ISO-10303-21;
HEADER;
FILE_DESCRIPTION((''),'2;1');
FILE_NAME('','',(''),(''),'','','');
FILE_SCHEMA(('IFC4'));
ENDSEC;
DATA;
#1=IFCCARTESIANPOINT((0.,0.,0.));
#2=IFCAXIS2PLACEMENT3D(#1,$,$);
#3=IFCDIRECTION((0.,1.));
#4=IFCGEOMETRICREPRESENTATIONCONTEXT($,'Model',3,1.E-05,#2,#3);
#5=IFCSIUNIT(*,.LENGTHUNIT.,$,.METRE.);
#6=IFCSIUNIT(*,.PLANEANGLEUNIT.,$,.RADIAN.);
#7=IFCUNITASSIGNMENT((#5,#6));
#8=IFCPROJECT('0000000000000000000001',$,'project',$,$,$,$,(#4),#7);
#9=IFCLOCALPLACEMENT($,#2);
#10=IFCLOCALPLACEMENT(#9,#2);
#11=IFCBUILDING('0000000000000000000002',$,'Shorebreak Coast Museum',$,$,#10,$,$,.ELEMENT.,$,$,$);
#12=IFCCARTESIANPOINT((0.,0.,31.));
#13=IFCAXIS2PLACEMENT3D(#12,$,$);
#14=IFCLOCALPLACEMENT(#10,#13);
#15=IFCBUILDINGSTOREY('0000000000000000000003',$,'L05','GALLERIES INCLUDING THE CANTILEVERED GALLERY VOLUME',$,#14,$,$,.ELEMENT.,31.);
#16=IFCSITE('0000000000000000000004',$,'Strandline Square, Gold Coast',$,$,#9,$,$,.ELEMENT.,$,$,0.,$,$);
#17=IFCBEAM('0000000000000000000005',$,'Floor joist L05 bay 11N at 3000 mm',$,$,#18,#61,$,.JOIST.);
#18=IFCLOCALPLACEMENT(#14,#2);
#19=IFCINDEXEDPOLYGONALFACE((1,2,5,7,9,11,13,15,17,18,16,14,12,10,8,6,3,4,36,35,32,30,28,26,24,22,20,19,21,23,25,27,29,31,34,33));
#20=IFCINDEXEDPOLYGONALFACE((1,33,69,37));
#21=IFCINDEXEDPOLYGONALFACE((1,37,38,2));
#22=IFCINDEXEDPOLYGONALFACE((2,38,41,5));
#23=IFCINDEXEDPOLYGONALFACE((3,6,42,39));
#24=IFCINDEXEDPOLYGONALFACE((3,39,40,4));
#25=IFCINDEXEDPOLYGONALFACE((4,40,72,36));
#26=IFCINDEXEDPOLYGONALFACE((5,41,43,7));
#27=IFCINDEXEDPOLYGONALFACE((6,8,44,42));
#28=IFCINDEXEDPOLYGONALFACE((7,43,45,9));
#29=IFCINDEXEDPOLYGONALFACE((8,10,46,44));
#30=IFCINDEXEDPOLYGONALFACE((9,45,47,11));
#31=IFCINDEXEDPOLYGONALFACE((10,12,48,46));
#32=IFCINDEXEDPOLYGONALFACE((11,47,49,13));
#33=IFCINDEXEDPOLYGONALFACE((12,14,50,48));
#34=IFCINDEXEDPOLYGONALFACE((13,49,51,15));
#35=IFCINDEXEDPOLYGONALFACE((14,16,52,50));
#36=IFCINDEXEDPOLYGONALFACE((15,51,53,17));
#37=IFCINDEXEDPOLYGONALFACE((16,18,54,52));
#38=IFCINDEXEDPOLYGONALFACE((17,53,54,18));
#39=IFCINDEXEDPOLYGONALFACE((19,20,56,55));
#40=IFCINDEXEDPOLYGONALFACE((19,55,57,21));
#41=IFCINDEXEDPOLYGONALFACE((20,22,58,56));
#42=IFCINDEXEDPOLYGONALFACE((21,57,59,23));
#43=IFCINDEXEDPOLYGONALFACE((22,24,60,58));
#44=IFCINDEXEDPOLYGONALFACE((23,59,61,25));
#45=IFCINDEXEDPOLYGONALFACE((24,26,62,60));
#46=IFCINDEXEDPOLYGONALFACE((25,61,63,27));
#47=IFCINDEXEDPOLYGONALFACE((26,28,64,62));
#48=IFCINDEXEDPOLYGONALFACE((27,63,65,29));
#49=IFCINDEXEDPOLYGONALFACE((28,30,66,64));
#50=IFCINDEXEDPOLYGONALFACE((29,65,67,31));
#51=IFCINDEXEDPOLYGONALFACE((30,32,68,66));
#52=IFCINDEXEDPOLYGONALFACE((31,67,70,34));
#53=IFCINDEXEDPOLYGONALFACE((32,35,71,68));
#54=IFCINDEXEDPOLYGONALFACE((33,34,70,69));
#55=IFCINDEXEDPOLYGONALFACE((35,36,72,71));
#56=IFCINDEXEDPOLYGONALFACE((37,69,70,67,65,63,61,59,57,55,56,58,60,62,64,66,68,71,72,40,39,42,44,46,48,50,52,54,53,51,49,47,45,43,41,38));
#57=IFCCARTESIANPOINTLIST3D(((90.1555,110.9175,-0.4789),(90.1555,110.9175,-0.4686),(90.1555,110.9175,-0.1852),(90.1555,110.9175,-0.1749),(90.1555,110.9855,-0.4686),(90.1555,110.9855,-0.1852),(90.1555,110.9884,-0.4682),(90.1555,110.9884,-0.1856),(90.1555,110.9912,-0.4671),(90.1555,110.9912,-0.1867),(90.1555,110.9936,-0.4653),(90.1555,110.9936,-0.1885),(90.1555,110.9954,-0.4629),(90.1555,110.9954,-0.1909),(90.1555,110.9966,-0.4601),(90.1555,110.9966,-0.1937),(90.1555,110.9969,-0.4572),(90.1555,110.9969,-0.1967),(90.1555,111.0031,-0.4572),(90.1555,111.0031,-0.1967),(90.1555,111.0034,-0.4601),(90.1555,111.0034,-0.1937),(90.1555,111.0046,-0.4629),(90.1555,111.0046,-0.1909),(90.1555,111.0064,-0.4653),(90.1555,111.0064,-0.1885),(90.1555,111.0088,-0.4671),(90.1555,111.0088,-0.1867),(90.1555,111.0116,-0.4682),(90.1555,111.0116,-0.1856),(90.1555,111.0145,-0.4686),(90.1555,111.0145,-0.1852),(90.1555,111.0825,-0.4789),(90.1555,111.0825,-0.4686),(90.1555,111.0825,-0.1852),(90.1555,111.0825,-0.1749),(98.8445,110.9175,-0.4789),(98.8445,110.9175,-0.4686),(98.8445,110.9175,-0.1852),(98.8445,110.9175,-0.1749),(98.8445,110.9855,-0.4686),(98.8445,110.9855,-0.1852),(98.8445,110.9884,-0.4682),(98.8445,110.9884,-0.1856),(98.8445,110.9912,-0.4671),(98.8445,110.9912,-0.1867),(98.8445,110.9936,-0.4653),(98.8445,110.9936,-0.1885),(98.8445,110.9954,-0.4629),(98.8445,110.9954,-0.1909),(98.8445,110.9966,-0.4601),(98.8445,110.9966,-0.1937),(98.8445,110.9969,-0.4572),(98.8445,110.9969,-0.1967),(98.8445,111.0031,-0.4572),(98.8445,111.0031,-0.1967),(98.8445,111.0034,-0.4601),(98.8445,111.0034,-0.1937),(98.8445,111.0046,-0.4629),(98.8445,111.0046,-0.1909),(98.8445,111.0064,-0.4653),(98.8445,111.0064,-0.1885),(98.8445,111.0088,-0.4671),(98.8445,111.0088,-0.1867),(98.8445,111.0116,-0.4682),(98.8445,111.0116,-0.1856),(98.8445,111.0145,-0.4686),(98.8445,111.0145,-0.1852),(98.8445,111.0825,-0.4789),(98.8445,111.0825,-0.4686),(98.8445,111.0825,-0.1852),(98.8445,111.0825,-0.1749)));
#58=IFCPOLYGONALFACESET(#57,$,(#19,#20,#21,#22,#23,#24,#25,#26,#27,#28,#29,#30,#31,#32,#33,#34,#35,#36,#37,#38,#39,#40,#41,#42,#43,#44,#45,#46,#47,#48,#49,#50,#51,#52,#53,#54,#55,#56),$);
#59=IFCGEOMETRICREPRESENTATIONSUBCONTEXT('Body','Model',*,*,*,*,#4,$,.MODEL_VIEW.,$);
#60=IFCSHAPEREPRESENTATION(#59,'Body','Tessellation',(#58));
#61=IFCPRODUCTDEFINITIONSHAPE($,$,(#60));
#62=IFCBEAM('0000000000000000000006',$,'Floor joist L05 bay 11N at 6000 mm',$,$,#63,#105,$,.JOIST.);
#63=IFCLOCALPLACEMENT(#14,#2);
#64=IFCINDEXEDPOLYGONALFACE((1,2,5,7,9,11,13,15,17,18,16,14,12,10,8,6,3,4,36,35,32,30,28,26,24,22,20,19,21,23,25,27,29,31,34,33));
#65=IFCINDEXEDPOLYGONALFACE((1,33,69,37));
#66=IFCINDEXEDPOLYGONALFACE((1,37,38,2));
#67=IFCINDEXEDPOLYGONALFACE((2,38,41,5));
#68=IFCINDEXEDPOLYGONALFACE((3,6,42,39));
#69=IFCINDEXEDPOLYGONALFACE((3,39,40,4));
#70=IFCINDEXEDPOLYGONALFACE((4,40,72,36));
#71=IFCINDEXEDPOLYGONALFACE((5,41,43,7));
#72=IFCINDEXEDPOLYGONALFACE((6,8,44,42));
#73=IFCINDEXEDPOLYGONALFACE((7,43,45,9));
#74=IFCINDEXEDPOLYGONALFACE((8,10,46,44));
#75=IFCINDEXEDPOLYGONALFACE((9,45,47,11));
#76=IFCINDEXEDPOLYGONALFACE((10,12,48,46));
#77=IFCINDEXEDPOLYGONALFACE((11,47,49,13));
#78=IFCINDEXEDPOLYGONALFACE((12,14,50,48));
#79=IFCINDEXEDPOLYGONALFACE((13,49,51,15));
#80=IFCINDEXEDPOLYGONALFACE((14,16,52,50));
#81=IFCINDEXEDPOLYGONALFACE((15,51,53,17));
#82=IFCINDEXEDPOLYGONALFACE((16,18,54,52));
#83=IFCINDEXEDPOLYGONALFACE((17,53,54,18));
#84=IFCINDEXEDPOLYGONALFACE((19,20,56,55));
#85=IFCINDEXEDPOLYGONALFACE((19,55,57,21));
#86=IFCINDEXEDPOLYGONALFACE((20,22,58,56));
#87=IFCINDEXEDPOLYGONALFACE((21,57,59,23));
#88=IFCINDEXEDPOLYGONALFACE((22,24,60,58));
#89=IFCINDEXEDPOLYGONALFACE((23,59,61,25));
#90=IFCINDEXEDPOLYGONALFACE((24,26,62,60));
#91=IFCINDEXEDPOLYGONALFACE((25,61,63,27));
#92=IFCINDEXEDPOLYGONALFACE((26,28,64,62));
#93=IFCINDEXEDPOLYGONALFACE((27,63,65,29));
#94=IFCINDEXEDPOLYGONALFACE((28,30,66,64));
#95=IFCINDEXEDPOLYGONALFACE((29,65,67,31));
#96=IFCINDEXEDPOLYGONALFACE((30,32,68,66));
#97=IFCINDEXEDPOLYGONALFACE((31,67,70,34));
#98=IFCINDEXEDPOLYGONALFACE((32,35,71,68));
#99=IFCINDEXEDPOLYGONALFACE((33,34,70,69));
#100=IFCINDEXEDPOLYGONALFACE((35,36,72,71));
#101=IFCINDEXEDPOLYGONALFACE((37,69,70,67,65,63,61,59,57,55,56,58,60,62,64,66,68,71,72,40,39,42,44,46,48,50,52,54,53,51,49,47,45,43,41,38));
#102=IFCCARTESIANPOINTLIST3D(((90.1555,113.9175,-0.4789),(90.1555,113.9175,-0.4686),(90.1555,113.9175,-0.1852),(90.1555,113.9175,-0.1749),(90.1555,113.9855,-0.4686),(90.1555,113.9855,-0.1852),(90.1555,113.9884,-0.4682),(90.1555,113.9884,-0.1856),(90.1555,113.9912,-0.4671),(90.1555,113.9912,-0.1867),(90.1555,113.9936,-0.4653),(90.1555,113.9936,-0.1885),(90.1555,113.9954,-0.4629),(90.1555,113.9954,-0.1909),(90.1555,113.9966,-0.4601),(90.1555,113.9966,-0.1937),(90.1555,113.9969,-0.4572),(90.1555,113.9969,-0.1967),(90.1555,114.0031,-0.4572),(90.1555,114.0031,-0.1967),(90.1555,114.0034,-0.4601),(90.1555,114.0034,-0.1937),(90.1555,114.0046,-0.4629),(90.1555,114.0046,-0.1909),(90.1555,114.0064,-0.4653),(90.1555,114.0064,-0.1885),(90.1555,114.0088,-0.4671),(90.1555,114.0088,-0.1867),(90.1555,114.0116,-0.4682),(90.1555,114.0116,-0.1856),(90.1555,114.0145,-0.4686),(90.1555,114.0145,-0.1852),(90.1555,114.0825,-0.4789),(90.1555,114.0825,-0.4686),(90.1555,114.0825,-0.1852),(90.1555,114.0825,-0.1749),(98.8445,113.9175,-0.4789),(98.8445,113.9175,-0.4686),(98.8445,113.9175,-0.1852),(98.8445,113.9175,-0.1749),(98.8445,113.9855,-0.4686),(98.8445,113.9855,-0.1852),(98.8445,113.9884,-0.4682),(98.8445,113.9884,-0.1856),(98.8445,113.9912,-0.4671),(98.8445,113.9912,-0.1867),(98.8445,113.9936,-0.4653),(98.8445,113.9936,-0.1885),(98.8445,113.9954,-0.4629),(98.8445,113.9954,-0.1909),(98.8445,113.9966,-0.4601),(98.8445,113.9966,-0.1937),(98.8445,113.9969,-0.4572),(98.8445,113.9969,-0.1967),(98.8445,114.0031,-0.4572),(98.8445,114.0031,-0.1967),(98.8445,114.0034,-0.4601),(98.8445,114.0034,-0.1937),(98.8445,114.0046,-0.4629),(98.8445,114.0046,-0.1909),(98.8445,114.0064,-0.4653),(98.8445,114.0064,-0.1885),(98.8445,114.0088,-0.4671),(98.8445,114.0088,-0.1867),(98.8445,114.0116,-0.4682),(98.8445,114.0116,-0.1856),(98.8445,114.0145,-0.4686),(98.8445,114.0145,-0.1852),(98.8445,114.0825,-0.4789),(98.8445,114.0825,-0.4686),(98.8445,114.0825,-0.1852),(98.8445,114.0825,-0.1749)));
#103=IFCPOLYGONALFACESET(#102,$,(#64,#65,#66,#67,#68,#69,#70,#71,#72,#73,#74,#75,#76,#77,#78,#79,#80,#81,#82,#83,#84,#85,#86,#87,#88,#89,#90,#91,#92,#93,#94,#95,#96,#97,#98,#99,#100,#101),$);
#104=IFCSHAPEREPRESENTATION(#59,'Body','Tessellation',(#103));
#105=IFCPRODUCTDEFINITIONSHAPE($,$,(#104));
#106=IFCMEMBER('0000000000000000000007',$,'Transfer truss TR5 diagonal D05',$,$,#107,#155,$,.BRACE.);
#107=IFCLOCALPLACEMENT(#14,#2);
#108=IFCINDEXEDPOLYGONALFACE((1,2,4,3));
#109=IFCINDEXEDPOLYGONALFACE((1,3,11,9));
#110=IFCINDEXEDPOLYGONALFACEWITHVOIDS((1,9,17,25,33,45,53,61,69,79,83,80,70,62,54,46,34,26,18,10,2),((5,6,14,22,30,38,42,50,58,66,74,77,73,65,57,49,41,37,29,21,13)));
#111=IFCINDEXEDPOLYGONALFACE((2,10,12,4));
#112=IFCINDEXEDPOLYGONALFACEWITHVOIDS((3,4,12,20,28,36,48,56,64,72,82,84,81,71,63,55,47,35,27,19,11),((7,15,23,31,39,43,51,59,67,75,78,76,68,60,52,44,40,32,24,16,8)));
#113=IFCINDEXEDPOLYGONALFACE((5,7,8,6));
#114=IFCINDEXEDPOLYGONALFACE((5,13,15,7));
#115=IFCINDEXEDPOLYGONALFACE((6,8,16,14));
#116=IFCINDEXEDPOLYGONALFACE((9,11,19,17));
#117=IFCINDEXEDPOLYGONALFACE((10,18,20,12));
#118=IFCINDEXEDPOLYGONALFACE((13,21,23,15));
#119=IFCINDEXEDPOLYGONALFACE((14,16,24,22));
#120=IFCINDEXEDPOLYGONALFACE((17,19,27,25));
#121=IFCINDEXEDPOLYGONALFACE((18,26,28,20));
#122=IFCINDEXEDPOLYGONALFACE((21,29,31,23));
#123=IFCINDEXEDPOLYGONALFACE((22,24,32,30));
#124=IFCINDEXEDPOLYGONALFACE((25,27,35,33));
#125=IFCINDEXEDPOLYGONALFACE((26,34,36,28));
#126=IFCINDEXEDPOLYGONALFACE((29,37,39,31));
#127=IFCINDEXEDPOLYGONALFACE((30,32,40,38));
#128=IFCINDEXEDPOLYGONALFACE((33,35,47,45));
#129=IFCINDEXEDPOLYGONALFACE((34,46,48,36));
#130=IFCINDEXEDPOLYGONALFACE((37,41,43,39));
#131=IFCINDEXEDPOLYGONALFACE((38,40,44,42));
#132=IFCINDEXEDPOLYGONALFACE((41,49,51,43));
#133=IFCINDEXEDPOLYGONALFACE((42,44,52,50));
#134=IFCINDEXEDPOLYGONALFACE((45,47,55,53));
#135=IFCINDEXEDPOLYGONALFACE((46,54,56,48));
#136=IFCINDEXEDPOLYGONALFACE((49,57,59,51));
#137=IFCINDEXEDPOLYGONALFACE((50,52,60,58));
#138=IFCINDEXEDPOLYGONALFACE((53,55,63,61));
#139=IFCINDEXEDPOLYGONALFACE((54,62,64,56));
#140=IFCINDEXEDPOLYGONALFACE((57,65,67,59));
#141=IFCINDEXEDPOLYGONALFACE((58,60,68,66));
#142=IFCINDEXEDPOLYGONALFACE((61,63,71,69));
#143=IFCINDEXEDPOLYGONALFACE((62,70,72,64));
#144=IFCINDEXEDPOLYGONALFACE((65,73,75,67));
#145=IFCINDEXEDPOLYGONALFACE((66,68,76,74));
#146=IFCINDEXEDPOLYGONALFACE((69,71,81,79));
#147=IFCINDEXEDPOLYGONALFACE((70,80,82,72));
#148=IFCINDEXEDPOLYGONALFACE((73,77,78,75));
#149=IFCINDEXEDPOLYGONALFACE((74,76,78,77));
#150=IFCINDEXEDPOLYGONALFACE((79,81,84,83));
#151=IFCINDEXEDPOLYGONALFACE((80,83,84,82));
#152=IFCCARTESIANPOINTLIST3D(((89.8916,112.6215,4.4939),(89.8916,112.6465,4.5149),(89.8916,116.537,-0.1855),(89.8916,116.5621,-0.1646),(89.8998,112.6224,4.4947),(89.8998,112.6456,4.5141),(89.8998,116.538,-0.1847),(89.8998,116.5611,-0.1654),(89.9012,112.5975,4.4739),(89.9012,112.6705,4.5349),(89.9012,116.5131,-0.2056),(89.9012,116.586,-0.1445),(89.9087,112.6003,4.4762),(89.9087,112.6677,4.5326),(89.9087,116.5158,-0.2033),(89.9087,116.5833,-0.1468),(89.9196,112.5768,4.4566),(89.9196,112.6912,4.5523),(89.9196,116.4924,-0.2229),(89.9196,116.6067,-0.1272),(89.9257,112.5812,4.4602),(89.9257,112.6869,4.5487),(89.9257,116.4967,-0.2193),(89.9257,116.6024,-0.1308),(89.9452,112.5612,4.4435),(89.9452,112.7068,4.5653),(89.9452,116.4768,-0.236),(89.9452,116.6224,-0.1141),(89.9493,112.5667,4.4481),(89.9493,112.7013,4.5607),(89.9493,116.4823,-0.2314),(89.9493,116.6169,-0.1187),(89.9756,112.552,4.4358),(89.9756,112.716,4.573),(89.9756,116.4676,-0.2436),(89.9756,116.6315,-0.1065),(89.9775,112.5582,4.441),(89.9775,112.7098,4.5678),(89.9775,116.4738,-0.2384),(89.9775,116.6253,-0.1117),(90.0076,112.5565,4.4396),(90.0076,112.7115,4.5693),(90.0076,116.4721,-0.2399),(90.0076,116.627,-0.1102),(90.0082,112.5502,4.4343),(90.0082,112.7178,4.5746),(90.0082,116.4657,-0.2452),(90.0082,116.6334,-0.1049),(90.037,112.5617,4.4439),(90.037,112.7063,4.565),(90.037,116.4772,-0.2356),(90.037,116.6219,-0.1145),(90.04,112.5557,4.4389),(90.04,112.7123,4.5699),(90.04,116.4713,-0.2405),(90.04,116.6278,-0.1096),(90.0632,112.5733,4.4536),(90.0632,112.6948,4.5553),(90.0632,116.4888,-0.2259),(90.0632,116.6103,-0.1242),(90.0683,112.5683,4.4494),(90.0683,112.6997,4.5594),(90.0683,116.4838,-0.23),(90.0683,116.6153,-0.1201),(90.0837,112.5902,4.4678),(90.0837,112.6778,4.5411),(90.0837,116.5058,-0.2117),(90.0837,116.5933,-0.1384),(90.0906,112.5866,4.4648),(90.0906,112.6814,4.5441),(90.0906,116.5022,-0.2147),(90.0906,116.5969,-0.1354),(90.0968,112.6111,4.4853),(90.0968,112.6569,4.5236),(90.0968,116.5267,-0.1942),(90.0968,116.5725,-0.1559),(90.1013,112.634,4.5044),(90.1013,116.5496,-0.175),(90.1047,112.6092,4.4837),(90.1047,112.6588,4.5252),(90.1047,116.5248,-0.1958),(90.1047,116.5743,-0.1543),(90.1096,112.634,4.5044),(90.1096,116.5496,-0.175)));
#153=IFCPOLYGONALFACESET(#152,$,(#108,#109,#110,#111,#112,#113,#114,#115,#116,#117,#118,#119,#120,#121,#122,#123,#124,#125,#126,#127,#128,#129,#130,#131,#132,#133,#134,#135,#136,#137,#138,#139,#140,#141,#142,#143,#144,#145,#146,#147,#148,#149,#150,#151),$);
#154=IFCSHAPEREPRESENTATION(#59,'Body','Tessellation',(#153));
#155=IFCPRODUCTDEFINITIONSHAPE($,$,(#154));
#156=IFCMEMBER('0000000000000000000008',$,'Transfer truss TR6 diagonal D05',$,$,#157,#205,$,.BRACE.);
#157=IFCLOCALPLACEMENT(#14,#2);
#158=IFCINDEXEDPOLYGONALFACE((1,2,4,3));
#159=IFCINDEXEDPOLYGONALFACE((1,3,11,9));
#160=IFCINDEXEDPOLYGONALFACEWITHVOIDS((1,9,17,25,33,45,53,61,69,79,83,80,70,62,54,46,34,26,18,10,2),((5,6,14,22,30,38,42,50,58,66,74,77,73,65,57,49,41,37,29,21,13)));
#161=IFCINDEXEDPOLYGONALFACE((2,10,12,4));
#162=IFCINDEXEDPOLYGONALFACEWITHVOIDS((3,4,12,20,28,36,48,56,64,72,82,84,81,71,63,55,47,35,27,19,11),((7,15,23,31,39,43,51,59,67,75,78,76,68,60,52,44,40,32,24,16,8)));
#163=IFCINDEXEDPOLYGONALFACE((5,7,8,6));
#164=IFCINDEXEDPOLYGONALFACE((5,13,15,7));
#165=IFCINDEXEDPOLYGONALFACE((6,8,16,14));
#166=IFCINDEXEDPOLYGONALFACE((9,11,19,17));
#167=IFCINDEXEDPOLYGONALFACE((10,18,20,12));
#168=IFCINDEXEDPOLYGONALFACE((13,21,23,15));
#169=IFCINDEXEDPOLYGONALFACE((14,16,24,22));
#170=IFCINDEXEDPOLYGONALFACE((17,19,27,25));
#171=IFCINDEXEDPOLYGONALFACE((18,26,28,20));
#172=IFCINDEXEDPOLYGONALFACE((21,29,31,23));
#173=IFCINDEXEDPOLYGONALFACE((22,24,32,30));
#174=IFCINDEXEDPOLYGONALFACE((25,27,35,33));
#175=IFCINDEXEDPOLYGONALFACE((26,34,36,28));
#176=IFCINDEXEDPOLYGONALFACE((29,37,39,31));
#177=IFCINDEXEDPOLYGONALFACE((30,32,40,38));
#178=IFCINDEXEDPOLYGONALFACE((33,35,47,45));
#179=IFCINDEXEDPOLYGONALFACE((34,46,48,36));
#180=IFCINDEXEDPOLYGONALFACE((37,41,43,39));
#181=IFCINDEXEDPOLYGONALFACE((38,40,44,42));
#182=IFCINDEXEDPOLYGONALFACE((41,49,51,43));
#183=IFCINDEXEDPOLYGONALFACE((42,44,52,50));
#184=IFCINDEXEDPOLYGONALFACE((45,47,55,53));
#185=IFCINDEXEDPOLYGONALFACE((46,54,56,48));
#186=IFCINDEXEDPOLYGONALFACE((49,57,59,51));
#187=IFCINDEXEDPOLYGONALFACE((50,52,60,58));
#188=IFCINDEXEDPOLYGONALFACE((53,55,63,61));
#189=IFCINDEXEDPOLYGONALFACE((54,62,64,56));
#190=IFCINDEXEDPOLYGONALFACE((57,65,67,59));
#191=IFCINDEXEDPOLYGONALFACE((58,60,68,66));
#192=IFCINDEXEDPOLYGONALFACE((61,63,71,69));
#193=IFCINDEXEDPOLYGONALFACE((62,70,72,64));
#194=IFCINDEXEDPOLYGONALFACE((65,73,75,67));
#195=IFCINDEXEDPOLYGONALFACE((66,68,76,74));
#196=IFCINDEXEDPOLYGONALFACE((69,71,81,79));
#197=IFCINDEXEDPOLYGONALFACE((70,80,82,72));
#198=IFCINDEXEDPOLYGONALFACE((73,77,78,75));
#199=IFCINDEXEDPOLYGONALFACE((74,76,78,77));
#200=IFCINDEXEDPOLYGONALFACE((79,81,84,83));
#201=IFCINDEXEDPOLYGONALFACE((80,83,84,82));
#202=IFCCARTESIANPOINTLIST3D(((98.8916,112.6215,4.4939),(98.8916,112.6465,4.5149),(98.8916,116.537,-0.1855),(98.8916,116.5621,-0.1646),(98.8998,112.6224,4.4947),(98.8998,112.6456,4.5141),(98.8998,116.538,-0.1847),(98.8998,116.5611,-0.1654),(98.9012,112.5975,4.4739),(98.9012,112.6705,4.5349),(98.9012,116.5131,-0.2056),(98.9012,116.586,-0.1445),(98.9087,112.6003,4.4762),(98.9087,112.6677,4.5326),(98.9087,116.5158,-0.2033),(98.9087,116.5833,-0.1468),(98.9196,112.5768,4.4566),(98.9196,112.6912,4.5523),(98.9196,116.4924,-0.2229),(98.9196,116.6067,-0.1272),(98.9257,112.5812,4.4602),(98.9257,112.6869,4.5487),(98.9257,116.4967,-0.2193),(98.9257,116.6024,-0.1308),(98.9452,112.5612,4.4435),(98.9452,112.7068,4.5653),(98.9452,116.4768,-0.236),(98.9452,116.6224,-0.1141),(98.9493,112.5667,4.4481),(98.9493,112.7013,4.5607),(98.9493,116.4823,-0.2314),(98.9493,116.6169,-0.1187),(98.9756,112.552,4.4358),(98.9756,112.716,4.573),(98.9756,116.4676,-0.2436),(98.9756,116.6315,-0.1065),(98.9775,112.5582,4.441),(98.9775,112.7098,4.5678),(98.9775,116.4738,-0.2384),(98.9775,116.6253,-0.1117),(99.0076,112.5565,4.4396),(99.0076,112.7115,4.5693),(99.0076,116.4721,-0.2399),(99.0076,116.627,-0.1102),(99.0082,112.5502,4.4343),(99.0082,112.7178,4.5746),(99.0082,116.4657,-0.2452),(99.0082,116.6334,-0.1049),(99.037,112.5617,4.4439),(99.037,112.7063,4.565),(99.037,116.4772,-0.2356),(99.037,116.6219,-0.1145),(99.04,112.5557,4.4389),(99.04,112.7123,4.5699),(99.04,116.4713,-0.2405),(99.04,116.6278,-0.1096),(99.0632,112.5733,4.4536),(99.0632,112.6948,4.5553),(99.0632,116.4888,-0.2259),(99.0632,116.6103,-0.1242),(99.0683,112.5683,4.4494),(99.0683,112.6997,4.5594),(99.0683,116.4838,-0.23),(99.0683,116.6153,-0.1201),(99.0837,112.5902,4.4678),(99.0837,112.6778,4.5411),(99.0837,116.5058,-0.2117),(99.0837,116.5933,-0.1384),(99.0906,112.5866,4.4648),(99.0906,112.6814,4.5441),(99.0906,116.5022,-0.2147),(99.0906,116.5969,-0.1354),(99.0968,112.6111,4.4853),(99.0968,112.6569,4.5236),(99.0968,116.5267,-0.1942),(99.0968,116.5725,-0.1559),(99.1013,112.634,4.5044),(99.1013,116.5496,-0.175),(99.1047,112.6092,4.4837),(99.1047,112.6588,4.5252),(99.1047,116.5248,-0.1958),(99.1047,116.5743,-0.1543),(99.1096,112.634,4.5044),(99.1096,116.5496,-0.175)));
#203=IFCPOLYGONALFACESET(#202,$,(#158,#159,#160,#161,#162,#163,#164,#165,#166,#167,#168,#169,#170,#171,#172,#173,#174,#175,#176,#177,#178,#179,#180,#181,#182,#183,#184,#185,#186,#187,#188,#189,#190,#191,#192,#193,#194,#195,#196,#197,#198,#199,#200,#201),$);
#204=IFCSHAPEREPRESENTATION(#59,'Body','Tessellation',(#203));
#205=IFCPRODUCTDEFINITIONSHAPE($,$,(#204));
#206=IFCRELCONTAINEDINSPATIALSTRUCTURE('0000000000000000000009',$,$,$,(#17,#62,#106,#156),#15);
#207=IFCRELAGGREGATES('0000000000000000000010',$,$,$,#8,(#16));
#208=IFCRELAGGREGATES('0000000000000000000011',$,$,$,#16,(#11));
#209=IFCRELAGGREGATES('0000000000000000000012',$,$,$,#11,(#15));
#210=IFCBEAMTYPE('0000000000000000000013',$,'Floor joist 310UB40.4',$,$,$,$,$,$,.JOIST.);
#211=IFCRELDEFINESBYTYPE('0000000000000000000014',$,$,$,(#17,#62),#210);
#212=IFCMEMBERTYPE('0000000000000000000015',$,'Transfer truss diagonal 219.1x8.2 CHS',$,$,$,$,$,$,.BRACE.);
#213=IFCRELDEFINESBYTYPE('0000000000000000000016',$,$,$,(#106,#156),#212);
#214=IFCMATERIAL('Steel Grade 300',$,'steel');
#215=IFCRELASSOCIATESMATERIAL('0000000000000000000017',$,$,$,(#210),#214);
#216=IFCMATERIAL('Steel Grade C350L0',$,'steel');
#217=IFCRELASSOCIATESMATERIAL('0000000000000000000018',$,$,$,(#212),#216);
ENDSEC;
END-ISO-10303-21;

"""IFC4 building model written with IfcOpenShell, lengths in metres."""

from ifc_helpers import new_model, si_unit, direction, frame, origin, origin_2d, place, context, subcontext, project, spatial, hollow_circle, i_section, extrude, material, material_profile, profile_set, type_object, element, save


model = new_model("IFC4")

# Units and contexts
model_context = context("Model", 3, precision=1e-05, world=origin(), true_north=direction((0.0, 1.0)))
body_context = subcontext(model_context, "Body", "Model", "MODEL_VIEW")
ifc_project = project(units=[si_unit("LENGTHUNIT", "METRE"), si_unit("PLANEANGLEUNIT", "RADIAN")], contexts=[model_context])

# Site, building, storey
site_placement = place(None, origin())
site = spatial("IfcSite", under=ifc_project, at=site_placement, Name="Strandline Square, Gold Coast", CompositionType="ELEMENT", RefElevation=0.0)
building_placement = place(site_placement, origin())
building = spatial("IfcBuilding", under=site, at=building_placement, Name="Shorebreak Coast Museum", CompositionType="ELEMENT")
storey_placement = place(building_placement, frame((0.0, 0.0, 31.0)))
storey = spatial("IfcBuildingStorey", under=building, at=storey_placement, Name="L05", Description="GALLERIES INCLUDING THE CANTILEVERED GALLERY VOLUME", CompositionType="ELEMENT", Elevation=31.0)

# Beams
ifc_material_1 = material(Name="Steel Grade 300", Category="steel")
ifc_material_profile_1 = material_profile(ifc_material_1, i_section(OverallWidth=0.165, OverallDepth=0.304, WebThickness=0.0061, FlangeThickness=0.0103, FilletRadius=0.0115, at=origin_2d()), Name="310UB40.4")
ifc_profile_set_1 = profile_set([ifc_material_profile_1], Name="Steel Grade 300")
beam_type = type_object("IfcBeamType", Name="Floor joist 310UB40.4", PredefinedType="JOIST", material=ifc_profile_set_1)
for number, where, z_axis, x_axis, name in (
    (1, (90.1555, 111.0, -0.3269), (1.0, 0.0, 0.0), (0.0, 1.0, 0.0), "Floor joist L05 bay 11N at 3000 mm"),
    (2, (90.1555, 114.0, -0.3269), (1.0, 0.0, 0.0), (0.0, 1.0, 0.0), "Floor joist L05 bay 11N at 6000 mm"),
):
    element("IfcBeam", number, at=place(storey_placement, frame(where, z_axis=z_axis, x_axis=x_axis)), inside=storey, type_object=beam_type, Name=name, PredefinedType="JOIST", context=body_context, shape_type="SweptSolid", body=[
        extrude(i_section(OverallWidth=0.165, OverallDepth=0.304, WebThickness=0.0061, FlangeThickness=0.0103, FilletRadius=0.0115, at=origin_2d()), origin(), (0.0, 0.0, 1.0), 8.689),
    ])

# Members
ifc_material_2 = material(Name="Steel Grade C350L0", Category="steel")
ifc_material_profile_2 = material_profile(ifc_material_2, hollow_circle(Radius=0.1096, WallThickness=0.0083, at=origin_2d()), Name="219.1x8.2 CHS")
ifc_profile_set_2 = profile_set([ifc_material_profile_2], Name="Steel Grade C350L0")
member_type_1 = type_object("IfcMemberType", Name="Transfer truss diagonal 219.1x8.2 CHS", PredefinedType="BRACE", material=ifc_profile_set_2)
for number, where, z_axis, x_axis, name in (
    (3, (90.0, 116.5496, -0.175), (0.0, -0.64173, 0.766931), (1.0, 0.0, 0.0), "Transfer truss TR5 diagonal D05"),
    (4, (99.0, 116.5496, -0.175), (0.0, -0.64173, 0.766931), (1.0, 0.0, 0.0), "Transfer truss TR6 diagonal D05"),
):
    element("IfcMember", number, at=place(storey_placement, frame(where, z_axis=z_axis, x_axis=x_axis)), inside=storey, type_object=member_type_1, Name=name, PredefinedType="BRACE", context=body_context, shape_type="SweptSolid", body=[
        extrude(hollow_circle(Radius=0.1096, WallThickness=0.0083, at=origin_2d()), origin(), (0.0, 0.0, 1.0), 6.1016),
    ])

save(model, "model.ifc")
